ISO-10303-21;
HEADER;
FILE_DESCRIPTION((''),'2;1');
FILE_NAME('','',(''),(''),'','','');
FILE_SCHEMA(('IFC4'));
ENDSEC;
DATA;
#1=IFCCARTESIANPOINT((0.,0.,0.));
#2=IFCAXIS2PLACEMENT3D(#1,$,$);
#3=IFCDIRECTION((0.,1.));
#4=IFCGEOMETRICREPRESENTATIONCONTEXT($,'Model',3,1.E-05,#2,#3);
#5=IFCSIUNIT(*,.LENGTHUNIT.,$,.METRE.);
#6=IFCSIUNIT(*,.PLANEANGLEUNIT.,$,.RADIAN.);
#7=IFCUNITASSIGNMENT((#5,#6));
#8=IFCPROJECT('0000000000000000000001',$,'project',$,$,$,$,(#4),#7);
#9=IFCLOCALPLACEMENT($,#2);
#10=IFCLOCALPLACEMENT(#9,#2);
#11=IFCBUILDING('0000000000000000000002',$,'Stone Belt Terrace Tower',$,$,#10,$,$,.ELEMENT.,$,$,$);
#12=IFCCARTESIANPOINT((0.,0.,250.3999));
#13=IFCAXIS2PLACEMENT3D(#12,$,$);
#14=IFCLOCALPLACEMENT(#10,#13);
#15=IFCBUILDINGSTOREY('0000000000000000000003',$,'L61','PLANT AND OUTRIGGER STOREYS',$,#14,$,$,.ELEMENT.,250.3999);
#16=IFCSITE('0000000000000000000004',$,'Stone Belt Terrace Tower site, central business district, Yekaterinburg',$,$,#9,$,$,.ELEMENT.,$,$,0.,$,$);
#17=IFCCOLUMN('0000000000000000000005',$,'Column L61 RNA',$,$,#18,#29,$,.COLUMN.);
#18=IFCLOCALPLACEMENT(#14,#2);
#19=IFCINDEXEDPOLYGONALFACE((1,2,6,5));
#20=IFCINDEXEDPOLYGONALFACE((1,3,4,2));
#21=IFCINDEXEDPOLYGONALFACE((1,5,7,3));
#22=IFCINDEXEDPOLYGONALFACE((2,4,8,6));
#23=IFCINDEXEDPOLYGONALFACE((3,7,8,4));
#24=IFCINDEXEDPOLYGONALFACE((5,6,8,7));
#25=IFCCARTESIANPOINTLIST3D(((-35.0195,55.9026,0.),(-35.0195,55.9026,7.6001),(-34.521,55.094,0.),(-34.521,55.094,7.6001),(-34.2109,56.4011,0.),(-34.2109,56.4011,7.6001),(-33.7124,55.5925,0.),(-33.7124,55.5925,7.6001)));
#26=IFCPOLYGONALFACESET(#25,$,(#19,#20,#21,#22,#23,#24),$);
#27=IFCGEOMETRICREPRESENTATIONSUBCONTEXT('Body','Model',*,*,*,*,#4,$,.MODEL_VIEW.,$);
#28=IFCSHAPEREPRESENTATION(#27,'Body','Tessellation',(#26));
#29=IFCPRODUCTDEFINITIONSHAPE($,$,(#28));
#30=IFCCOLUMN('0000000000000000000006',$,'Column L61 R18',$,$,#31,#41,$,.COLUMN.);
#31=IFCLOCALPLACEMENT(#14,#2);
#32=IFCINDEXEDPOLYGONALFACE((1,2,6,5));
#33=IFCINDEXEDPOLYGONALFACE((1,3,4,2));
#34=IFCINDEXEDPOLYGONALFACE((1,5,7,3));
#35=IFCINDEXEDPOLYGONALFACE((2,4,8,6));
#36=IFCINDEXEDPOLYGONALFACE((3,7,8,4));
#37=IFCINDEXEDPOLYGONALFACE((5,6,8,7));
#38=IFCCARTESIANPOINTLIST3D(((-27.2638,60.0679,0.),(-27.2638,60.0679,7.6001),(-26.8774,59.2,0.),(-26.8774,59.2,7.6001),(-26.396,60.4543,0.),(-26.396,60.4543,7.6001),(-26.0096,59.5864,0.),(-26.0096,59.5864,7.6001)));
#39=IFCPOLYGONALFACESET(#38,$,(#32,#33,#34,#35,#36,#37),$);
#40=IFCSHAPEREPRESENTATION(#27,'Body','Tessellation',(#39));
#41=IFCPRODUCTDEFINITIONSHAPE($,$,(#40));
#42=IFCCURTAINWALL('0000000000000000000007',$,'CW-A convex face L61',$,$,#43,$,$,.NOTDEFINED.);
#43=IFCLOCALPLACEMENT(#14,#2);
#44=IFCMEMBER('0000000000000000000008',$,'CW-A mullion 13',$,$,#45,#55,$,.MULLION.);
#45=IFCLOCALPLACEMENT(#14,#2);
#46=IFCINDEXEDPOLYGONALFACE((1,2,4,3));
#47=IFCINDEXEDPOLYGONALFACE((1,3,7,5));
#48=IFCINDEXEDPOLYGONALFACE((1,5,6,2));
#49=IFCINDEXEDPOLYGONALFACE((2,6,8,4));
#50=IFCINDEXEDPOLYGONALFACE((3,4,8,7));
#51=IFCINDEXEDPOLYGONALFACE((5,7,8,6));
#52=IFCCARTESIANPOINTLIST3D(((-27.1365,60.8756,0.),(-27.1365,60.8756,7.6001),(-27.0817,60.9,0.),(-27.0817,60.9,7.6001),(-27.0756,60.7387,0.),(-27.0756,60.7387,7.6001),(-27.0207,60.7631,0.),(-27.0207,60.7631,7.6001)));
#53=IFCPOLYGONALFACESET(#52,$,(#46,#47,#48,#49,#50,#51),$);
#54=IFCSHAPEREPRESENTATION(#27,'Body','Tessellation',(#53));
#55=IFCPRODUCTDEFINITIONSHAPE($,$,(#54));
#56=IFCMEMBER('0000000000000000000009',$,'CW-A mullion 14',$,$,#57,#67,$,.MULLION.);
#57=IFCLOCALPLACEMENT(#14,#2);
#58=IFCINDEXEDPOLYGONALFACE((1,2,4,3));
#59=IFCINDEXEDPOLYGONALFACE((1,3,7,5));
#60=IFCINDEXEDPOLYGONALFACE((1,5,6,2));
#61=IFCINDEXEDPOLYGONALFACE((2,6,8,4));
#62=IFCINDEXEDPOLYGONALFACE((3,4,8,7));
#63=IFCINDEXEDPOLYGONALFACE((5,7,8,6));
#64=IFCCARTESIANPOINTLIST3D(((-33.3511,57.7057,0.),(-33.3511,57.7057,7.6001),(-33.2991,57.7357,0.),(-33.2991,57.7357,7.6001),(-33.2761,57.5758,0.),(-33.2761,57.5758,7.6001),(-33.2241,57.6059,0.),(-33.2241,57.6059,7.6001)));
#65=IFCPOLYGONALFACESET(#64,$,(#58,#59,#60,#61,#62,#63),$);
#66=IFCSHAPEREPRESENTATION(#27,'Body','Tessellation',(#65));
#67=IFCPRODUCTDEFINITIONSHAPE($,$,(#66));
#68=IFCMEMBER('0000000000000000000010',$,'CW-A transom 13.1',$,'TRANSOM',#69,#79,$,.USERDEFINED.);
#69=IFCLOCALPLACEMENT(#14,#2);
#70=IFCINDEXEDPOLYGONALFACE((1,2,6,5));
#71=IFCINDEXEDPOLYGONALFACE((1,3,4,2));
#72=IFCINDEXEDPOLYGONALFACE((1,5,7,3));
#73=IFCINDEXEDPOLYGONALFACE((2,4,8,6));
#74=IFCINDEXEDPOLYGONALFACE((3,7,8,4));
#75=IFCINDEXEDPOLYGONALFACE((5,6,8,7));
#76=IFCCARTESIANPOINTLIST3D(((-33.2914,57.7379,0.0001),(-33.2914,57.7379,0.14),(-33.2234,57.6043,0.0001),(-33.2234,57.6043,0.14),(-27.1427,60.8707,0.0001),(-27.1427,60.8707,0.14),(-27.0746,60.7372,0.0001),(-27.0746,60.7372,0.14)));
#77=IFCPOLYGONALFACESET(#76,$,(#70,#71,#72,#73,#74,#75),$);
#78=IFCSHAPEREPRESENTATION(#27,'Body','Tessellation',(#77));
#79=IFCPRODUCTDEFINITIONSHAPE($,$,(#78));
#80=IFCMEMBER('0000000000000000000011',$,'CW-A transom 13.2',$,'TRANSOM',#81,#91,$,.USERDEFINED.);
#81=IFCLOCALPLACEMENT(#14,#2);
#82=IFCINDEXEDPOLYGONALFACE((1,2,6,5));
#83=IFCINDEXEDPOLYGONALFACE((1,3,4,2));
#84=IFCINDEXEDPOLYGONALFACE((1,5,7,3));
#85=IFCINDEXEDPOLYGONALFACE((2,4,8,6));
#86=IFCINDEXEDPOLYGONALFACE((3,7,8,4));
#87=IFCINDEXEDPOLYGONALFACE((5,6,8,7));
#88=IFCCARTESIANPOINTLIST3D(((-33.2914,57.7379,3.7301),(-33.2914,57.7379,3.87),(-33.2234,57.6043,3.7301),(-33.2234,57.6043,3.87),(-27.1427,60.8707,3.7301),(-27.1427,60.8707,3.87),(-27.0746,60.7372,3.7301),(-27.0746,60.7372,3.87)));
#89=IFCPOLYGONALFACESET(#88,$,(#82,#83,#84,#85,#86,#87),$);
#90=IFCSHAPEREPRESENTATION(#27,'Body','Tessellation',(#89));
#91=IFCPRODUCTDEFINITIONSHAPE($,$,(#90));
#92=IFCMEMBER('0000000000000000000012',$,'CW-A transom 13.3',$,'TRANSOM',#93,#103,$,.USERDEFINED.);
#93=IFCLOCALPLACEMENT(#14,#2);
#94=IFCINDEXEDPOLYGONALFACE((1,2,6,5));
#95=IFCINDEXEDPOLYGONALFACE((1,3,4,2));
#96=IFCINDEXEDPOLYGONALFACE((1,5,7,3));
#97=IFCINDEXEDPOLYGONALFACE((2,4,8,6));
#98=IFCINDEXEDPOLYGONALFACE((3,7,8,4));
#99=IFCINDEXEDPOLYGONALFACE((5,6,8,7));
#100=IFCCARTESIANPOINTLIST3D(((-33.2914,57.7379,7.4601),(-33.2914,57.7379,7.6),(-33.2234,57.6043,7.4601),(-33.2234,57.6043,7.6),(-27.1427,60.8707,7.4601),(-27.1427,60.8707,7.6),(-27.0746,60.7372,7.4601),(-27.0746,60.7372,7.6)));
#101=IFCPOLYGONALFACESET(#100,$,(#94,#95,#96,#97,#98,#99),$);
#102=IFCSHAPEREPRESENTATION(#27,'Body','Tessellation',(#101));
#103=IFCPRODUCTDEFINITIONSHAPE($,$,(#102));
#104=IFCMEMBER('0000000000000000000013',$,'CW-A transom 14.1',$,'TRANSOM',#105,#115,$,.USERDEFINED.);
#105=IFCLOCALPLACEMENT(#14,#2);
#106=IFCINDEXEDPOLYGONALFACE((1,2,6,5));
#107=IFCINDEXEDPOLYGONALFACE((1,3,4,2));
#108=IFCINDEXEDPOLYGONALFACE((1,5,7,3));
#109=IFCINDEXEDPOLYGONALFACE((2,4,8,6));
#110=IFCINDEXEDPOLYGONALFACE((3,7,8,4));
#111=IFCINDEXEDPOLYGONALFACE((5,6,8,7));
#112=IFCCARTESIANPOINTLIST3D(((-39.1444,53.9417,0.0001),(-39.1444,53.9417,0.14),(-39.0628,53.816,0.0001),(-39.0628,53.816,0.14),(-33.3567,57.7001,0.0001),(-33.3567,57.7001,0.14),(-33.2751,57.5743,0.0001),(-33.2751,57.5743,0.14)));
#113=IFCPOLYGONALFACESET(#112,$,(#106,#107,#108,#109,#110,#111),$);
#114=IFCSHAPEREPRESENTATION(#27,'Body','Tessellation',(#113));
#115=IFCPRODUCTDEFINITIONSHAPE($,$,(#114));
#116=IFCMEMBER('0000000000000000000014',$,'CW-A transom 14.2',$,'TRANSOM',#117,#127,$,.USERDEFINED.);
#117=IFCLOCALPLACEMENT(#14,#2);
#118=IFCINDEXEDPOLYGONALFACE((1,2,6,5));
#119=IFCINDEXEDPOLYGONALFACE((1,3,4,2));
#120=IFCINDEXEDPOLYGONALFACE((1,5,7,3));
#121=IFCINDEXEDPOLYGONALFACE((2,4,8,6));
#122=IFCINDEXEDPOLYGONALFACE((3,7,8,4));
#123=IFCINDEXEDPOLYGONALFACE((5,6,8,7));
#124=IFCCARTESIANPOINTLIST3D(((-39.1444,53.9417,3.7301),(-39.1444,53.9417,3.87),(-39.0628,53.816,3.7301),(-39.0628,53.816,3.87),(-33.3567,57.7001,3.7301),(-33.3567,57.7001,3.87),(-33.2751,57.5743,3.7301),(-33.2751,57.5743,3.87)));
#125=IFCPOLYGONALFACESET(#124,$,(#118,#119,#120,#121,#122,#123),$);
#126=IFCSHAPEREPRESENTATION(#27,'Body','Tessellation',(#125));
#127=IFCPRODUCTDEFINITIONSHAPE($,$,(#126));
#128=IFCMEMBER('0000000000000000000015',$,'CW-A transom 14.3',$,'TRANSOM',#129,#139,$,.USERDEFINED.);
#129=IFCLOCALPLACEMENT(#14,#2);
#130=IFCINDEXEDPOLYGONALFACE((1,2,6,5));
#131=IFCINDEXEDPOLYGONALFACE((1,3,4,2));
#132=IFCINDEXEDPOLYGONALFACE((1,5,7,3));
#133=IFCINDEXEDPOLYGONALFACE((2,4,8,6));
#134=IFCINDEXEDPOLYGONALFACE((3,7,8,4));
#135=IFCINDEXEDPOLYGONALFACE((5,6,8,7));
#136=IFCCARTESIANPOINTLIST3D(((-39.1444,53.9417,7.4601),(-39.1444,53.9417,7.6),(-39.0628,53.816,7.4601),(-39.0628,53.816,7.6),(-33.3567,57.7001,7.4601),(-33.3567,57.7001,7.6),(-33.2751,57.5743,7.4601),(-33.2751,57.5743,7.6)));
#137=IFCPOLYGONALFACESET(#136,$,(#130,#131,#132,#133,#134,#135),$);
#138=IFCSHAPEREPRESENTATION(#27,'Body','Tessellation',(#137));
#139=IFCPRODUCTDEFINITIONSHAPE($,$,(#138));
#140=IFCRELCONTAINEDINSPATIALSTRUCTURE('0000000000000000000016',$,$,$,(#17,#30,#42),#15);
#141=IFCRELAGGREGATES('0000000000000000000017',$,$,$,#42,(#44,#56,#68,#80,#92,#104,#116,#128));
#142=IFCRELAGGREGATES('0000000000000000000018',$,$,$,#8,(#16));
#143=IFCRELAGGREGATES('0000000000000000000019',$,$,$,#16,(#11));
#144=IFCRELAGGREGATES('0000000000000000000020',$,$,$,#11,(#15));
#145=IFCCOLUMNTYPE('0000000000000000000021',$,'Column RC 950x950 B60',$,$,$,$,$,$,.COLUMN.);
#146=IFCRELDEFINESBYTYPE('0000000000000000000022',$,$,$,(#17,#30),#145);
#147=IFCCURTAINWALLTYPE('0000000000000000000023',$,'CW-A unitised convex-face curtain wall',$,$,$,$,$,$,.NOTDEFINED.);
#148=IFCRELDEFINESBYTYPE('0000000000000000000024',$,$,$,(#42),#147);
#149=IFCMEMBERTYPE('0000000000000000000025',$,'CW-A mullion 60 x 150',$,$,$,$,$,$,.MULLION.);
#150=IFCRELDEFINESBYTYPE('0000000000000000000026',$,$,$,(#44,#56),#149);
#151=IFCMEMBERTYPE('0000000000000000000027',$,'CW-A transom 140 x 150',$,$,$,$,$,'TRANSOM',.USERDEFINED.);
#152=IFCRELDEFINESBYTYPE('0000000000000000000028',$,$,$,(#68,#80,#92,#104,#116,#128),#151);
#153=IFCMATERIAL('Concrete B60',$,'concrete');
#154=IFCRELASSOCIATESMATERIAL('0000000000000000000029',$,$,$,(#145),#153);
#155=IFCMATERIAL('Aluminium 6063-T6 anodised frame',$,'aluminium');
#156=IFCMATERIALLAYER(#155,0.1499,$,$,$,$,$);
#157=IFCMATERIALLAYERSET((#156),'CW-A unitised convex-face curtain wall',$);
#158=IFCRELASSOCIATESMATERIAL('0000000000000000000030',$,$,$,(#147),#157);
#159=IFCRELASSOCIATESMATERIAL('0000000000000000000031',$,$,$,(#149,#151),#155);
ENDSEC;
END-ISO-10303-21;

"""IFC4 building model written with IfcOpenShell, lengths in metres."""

from ifc_helpers import new_model, si_unit, direction, frame, origin, origin_2d, place, context, subcontext, project, spatial, rectangle, extrude, material, layer, layer_set, material_profile, profile_set, type_object, element, aggregate, save


model = new_model("IFC4")

# Units and contexts
model_context = context("Model", 3, precision=1e-05, world=origin(), true_north=direction((0.0, 1.0)))
body_context = subcontext(model_context, "Body", "Model", "MODEL_VIEW")
ifc_project = project(units=[si_unit("LENGTHUNIT", "METRE"), si_unit("PLANEANGLEUNIT", "RADIAN")], contexts=[model_context])

# Site, building, storey
site_placement = place(None, origin())
site = spatial("IfcSite", under=ifc_project, at=site_placement, Name="Stone Belt Terrace Tower site, central business district, Yekaterinburg", CompositionType="ELEMENT", RefElevation=0.0)
building_placement = place(site_placement, origin())
building = spatial("IfcBuilding", under=site, at=building_placement, Name="Stone Belt Terrace Tower", CompositionType="ELEMENT")
storey_placement = place(building_placement, frame((0.0, 0.0, 250.3999)))
storey = spatial("IfcBuildingStorey", under=building, at=storey_placement, Name="L61", Description="PLANT AND OUTRIGGER STOREYS", CompositionType="ELEMENT", Elevation=250.3999)

# Columns
ifc_material_1 = material(Name="Concrete B60", Category="concrete")
ifc_material_profile_1 = material_profile(ifc_material_1, rectangle(XDim=0.95, YDim=0.95, at=origin_2d()), Name="RC 950x950")
ifc_profile_set_1 = profile_set([ifc_material_profile_1], Name="Concrete B60")
column_type = type_object("IfcColumnType", Name="Column RC 950x950 B60", PredefinedType="COLUMN", material=ifc_profile_set_1)
for number, where, z_axis, x_axis, name in (
    (1, (-34.366, 55.7476, 0.0), (0.0, 0.0, 1.0), (0.851251, 0.524759, 0.0), "Column L61 RNA"),
    (2, (-26.6367, 59.8271, 0.0), (0.0, 0.0, 1.0), (0.913545, 0.406737, 0.0), "Column L61 R18"),
):
    element("IfcColumn", number, at=place(storey_placement, frame(where, z_axis=z_axis, x_axis=x_axis)), inside=storey, type_object=column_type, Name=name, PredefinedType="COLUMN", context=body_context, shape_type="SweptSolid", body=[
        extrude(rectangle(XDim=0.95, YDim=0.95, at=origin_2d()), origin(), (0.0, 0.0, 1.0), 7.6001),
    ])

# Curtain wall, members
ifc_material_2 = material(Name="Aluminium 6063-T6 anodised frame", Category="aluminium")
ifc_layer_1 = layer(ifc_material_2, 0.1499)
ifc_layer_set_1 = layer_set([ifc_layer_1], Name="CW-A unitised convex-face curtain wall")
curtain_wall_type = type_object("IfcCurtainWallType", Name="CW-A unitised convex-face curtain wall", PredefinedType="NOTDEFINED", material=ifc_layer_set_1)
curtain_wall_placement = place(storey_placement, origin())
curtain_wall = element("IfcCurtainWall", 3, at=curtain_wall_placement, inside=storey, type_object=curtain_wall_type, Name="CW-A convex face L61", PredefinedType="NOTDEFINED")
ifc_material_profile_2 = material_profile(ifc_material_2, rectangle(XDim=0.1499, YDim=0.0601, at=origin_2d()), Name="Aluminium 6063-T6 60x150")
ifc_profile_set_2 = profile_set([ifc_material_profile_2], Name="Aluminium 6063-T6 anodised frame")
member_type_1 = type_object("IfcMemberType", Name="CW-A mullion 60 x 150", PredefinedType="MULLION", material=ifc_profile_set_2)
member_1_placement = place(storey_placement, frame((-27.0786, 60.8193, 0.0), z_axis=(0.0, 0.0, 1.0), x_axis=(0.406737, -0.913545, 0.0)))
member_1 = element("IfcMember", 4, at=member_1_placement, type_object=member_type_1, Name="CW-A mullion 13", PredefinedType="MULLION", context=body_context, shape_type="SweptSolid", body=[
    extrude(rectangle(XDim=0.1499, YDim=0.0601, at=origin_2d()), origin(), (0.0, 0.0, 1.0), 7.6001),
])
member_2_placement = place(storey_placement, frame((-33.2876, 57.6558, 0.0), z_axis=(0.0, 0.0, 1.0), x_axis=(0.5, -0.866025, 0.0)))
member_2 = element("IfcMember", 5, at=member_2_placement, type_object=member_type_1, Name="CW-A mullion 14", PredefinedType="MULLION", context=body_context, shape_type="SweptSolid", body=[
    extrude(rectangle(XDim=0.1499, YDim=0.0601, at=origin_2d()), origin(), (0.0, 0.0, 1.0), 7.6001),
])
ifc_material_profile_3 = material_profile(ifc_material_2, rectangle(XDim=0.1499, YDim=0.1399, at=origin_2d()), Name="Aluminium 6063-T6 150x140")
ifc_profile_set_3 = profile_set([ifc_material_profile_3], Name="Aluminium 6063-T6 anodised frame")
member_type_2 = type_object("IfcMemberType", Name="CW-A transom 140 x 150", ElementType="TRANSOM", PredefinedType="USERDEFINED", material=ifc_profile_set_3)
member_3_placement = place(storey_placement, frame((-27.1086, 60.804, 0.0701), z_axis=(-0.891012, -0.453979, 0.0), x_axis=(0.453979, -0.891012, 0.0)))
member_3 = element("IfcMember", 6, at=member_3_placement, type_object=member_type_2, Name="CW-A transom 13.1", ObjectType="TRANSOM", PredefinedType="USERDEFINED", context=body_context, shape_type="SweptSolid", body=[
    extrude(rectangle(XDim=0.1499, YDim=0.1399, at=origin_2d()), origin(), (0.0, 0.0, 1.0), 6.9009),
])
member_4_placement = place(storey_placement, frame((-27.1086, 60.804, 3.8), z_axis=(-0.891012, -0.453979, 0.0), x_axis=(0.453979, -0.891012, 0.0)))
member_4 = element("IfcMember", 7, at=member_4_placement, type_object=member_type_2, Name="CW-A transom 13.2", ObjectType="TRANSOM", PredefinedType="USERDEFINED", context=body_context, shape_type="SweptSolid", body=[
    extrude(rectangle(XDim=0.1499, YDim=0.1399, at=origin_2d()), origin(), (0.0, 0.0, 1.0), 6.9009),
])
member_5_placement = place(storey_placement, frame((-27.1086, 60.804, 7.53), z_axis=(-0.891012, -0.453979, 0.0), x_axis=(0.453979, -0.891012, 0.0)))
member_5 = element("IfcMember", 8, at=member_5_placement, type_object=member_type_2, Name="CW-A transom 13.3", ObjectType="TRANSOM", PredefinedType="USERDEFINED", context=body_context, shape_type="SweptSolid", body=[
    extrude(rectangle(XDim=0.1499, YDim=0.1399, at=origin_2d()), origin(), (0.0, 0.0, 1.0), 6.9009),
])
member_6_placement = place(storey_placement, frame((-33.3159, 57.6372, 0.0701), z_axis=(-0.838684, -0.544618, 0.0), x_axis=(0.544618, -0.838684, 0.0)))
member_6 = element("IfcMember", 9, at=member_6_placement, type_object=member_type_2, Name="CW-A transom 14.1", ObjectType="TRANSOM", PredefinedType="USERDEFINED", context=body_context, shape_type="SweptSolid", body=[
    extrude(rectangle(XDim=0.1499, YDim=0.1399, at=origin_2d()), origin(), (0.0, 0.0, 1.0), 6.9009),
])
member_7_placement = place(storey_placement, frame((-33.3159, 57.6372, 3.8), z_axis=(-0.838684, -0.544618, 0.0), x_axis=(0.544618, -0.838684, 0.0)))
member_7 = element("IfcMember", 10, at=member_7_placement, type_object=member_type_2, Name="CW-A transom 14.2", ObjectType="TRANSOM", PredefinedType="USERDEFINED", context=body_context, shape_type="SweptSolid", body=[
    extrude(rectangle(XDim=0.1499, YDim=0.1399, at=origin_2d()), origin(), (0.0, 0.0, 1.0), 6.9009),
])
member_8_placement = place(storey_placement, frame((-33.3159, 57.6372, 7.53), z_axis=(-0.838684, -0.544618, 0.0), x_axis=(0.544618, -0.838684, 0.0)))
member_8 = element("IfcMember", 11, at=member_8_placement, type_object=member_type_2, Name="CW-A transom 14.3", ObjectType="TRANSOM", PredefinedType="USERDEFINED", context=body_context, shape_type="SweptSolid", body=[
    extrude(rectangle(XDim=0.1499, YDim=0.1399, at=origin_2d()), origin(), (0.0, 0.0, 1.0), 6.9009),
])

aggregate(curtain_wall, [member_1, member_2, member_3, member_4, member_5, member_6, member_7, member_8])

save(model, "model.ifc")
